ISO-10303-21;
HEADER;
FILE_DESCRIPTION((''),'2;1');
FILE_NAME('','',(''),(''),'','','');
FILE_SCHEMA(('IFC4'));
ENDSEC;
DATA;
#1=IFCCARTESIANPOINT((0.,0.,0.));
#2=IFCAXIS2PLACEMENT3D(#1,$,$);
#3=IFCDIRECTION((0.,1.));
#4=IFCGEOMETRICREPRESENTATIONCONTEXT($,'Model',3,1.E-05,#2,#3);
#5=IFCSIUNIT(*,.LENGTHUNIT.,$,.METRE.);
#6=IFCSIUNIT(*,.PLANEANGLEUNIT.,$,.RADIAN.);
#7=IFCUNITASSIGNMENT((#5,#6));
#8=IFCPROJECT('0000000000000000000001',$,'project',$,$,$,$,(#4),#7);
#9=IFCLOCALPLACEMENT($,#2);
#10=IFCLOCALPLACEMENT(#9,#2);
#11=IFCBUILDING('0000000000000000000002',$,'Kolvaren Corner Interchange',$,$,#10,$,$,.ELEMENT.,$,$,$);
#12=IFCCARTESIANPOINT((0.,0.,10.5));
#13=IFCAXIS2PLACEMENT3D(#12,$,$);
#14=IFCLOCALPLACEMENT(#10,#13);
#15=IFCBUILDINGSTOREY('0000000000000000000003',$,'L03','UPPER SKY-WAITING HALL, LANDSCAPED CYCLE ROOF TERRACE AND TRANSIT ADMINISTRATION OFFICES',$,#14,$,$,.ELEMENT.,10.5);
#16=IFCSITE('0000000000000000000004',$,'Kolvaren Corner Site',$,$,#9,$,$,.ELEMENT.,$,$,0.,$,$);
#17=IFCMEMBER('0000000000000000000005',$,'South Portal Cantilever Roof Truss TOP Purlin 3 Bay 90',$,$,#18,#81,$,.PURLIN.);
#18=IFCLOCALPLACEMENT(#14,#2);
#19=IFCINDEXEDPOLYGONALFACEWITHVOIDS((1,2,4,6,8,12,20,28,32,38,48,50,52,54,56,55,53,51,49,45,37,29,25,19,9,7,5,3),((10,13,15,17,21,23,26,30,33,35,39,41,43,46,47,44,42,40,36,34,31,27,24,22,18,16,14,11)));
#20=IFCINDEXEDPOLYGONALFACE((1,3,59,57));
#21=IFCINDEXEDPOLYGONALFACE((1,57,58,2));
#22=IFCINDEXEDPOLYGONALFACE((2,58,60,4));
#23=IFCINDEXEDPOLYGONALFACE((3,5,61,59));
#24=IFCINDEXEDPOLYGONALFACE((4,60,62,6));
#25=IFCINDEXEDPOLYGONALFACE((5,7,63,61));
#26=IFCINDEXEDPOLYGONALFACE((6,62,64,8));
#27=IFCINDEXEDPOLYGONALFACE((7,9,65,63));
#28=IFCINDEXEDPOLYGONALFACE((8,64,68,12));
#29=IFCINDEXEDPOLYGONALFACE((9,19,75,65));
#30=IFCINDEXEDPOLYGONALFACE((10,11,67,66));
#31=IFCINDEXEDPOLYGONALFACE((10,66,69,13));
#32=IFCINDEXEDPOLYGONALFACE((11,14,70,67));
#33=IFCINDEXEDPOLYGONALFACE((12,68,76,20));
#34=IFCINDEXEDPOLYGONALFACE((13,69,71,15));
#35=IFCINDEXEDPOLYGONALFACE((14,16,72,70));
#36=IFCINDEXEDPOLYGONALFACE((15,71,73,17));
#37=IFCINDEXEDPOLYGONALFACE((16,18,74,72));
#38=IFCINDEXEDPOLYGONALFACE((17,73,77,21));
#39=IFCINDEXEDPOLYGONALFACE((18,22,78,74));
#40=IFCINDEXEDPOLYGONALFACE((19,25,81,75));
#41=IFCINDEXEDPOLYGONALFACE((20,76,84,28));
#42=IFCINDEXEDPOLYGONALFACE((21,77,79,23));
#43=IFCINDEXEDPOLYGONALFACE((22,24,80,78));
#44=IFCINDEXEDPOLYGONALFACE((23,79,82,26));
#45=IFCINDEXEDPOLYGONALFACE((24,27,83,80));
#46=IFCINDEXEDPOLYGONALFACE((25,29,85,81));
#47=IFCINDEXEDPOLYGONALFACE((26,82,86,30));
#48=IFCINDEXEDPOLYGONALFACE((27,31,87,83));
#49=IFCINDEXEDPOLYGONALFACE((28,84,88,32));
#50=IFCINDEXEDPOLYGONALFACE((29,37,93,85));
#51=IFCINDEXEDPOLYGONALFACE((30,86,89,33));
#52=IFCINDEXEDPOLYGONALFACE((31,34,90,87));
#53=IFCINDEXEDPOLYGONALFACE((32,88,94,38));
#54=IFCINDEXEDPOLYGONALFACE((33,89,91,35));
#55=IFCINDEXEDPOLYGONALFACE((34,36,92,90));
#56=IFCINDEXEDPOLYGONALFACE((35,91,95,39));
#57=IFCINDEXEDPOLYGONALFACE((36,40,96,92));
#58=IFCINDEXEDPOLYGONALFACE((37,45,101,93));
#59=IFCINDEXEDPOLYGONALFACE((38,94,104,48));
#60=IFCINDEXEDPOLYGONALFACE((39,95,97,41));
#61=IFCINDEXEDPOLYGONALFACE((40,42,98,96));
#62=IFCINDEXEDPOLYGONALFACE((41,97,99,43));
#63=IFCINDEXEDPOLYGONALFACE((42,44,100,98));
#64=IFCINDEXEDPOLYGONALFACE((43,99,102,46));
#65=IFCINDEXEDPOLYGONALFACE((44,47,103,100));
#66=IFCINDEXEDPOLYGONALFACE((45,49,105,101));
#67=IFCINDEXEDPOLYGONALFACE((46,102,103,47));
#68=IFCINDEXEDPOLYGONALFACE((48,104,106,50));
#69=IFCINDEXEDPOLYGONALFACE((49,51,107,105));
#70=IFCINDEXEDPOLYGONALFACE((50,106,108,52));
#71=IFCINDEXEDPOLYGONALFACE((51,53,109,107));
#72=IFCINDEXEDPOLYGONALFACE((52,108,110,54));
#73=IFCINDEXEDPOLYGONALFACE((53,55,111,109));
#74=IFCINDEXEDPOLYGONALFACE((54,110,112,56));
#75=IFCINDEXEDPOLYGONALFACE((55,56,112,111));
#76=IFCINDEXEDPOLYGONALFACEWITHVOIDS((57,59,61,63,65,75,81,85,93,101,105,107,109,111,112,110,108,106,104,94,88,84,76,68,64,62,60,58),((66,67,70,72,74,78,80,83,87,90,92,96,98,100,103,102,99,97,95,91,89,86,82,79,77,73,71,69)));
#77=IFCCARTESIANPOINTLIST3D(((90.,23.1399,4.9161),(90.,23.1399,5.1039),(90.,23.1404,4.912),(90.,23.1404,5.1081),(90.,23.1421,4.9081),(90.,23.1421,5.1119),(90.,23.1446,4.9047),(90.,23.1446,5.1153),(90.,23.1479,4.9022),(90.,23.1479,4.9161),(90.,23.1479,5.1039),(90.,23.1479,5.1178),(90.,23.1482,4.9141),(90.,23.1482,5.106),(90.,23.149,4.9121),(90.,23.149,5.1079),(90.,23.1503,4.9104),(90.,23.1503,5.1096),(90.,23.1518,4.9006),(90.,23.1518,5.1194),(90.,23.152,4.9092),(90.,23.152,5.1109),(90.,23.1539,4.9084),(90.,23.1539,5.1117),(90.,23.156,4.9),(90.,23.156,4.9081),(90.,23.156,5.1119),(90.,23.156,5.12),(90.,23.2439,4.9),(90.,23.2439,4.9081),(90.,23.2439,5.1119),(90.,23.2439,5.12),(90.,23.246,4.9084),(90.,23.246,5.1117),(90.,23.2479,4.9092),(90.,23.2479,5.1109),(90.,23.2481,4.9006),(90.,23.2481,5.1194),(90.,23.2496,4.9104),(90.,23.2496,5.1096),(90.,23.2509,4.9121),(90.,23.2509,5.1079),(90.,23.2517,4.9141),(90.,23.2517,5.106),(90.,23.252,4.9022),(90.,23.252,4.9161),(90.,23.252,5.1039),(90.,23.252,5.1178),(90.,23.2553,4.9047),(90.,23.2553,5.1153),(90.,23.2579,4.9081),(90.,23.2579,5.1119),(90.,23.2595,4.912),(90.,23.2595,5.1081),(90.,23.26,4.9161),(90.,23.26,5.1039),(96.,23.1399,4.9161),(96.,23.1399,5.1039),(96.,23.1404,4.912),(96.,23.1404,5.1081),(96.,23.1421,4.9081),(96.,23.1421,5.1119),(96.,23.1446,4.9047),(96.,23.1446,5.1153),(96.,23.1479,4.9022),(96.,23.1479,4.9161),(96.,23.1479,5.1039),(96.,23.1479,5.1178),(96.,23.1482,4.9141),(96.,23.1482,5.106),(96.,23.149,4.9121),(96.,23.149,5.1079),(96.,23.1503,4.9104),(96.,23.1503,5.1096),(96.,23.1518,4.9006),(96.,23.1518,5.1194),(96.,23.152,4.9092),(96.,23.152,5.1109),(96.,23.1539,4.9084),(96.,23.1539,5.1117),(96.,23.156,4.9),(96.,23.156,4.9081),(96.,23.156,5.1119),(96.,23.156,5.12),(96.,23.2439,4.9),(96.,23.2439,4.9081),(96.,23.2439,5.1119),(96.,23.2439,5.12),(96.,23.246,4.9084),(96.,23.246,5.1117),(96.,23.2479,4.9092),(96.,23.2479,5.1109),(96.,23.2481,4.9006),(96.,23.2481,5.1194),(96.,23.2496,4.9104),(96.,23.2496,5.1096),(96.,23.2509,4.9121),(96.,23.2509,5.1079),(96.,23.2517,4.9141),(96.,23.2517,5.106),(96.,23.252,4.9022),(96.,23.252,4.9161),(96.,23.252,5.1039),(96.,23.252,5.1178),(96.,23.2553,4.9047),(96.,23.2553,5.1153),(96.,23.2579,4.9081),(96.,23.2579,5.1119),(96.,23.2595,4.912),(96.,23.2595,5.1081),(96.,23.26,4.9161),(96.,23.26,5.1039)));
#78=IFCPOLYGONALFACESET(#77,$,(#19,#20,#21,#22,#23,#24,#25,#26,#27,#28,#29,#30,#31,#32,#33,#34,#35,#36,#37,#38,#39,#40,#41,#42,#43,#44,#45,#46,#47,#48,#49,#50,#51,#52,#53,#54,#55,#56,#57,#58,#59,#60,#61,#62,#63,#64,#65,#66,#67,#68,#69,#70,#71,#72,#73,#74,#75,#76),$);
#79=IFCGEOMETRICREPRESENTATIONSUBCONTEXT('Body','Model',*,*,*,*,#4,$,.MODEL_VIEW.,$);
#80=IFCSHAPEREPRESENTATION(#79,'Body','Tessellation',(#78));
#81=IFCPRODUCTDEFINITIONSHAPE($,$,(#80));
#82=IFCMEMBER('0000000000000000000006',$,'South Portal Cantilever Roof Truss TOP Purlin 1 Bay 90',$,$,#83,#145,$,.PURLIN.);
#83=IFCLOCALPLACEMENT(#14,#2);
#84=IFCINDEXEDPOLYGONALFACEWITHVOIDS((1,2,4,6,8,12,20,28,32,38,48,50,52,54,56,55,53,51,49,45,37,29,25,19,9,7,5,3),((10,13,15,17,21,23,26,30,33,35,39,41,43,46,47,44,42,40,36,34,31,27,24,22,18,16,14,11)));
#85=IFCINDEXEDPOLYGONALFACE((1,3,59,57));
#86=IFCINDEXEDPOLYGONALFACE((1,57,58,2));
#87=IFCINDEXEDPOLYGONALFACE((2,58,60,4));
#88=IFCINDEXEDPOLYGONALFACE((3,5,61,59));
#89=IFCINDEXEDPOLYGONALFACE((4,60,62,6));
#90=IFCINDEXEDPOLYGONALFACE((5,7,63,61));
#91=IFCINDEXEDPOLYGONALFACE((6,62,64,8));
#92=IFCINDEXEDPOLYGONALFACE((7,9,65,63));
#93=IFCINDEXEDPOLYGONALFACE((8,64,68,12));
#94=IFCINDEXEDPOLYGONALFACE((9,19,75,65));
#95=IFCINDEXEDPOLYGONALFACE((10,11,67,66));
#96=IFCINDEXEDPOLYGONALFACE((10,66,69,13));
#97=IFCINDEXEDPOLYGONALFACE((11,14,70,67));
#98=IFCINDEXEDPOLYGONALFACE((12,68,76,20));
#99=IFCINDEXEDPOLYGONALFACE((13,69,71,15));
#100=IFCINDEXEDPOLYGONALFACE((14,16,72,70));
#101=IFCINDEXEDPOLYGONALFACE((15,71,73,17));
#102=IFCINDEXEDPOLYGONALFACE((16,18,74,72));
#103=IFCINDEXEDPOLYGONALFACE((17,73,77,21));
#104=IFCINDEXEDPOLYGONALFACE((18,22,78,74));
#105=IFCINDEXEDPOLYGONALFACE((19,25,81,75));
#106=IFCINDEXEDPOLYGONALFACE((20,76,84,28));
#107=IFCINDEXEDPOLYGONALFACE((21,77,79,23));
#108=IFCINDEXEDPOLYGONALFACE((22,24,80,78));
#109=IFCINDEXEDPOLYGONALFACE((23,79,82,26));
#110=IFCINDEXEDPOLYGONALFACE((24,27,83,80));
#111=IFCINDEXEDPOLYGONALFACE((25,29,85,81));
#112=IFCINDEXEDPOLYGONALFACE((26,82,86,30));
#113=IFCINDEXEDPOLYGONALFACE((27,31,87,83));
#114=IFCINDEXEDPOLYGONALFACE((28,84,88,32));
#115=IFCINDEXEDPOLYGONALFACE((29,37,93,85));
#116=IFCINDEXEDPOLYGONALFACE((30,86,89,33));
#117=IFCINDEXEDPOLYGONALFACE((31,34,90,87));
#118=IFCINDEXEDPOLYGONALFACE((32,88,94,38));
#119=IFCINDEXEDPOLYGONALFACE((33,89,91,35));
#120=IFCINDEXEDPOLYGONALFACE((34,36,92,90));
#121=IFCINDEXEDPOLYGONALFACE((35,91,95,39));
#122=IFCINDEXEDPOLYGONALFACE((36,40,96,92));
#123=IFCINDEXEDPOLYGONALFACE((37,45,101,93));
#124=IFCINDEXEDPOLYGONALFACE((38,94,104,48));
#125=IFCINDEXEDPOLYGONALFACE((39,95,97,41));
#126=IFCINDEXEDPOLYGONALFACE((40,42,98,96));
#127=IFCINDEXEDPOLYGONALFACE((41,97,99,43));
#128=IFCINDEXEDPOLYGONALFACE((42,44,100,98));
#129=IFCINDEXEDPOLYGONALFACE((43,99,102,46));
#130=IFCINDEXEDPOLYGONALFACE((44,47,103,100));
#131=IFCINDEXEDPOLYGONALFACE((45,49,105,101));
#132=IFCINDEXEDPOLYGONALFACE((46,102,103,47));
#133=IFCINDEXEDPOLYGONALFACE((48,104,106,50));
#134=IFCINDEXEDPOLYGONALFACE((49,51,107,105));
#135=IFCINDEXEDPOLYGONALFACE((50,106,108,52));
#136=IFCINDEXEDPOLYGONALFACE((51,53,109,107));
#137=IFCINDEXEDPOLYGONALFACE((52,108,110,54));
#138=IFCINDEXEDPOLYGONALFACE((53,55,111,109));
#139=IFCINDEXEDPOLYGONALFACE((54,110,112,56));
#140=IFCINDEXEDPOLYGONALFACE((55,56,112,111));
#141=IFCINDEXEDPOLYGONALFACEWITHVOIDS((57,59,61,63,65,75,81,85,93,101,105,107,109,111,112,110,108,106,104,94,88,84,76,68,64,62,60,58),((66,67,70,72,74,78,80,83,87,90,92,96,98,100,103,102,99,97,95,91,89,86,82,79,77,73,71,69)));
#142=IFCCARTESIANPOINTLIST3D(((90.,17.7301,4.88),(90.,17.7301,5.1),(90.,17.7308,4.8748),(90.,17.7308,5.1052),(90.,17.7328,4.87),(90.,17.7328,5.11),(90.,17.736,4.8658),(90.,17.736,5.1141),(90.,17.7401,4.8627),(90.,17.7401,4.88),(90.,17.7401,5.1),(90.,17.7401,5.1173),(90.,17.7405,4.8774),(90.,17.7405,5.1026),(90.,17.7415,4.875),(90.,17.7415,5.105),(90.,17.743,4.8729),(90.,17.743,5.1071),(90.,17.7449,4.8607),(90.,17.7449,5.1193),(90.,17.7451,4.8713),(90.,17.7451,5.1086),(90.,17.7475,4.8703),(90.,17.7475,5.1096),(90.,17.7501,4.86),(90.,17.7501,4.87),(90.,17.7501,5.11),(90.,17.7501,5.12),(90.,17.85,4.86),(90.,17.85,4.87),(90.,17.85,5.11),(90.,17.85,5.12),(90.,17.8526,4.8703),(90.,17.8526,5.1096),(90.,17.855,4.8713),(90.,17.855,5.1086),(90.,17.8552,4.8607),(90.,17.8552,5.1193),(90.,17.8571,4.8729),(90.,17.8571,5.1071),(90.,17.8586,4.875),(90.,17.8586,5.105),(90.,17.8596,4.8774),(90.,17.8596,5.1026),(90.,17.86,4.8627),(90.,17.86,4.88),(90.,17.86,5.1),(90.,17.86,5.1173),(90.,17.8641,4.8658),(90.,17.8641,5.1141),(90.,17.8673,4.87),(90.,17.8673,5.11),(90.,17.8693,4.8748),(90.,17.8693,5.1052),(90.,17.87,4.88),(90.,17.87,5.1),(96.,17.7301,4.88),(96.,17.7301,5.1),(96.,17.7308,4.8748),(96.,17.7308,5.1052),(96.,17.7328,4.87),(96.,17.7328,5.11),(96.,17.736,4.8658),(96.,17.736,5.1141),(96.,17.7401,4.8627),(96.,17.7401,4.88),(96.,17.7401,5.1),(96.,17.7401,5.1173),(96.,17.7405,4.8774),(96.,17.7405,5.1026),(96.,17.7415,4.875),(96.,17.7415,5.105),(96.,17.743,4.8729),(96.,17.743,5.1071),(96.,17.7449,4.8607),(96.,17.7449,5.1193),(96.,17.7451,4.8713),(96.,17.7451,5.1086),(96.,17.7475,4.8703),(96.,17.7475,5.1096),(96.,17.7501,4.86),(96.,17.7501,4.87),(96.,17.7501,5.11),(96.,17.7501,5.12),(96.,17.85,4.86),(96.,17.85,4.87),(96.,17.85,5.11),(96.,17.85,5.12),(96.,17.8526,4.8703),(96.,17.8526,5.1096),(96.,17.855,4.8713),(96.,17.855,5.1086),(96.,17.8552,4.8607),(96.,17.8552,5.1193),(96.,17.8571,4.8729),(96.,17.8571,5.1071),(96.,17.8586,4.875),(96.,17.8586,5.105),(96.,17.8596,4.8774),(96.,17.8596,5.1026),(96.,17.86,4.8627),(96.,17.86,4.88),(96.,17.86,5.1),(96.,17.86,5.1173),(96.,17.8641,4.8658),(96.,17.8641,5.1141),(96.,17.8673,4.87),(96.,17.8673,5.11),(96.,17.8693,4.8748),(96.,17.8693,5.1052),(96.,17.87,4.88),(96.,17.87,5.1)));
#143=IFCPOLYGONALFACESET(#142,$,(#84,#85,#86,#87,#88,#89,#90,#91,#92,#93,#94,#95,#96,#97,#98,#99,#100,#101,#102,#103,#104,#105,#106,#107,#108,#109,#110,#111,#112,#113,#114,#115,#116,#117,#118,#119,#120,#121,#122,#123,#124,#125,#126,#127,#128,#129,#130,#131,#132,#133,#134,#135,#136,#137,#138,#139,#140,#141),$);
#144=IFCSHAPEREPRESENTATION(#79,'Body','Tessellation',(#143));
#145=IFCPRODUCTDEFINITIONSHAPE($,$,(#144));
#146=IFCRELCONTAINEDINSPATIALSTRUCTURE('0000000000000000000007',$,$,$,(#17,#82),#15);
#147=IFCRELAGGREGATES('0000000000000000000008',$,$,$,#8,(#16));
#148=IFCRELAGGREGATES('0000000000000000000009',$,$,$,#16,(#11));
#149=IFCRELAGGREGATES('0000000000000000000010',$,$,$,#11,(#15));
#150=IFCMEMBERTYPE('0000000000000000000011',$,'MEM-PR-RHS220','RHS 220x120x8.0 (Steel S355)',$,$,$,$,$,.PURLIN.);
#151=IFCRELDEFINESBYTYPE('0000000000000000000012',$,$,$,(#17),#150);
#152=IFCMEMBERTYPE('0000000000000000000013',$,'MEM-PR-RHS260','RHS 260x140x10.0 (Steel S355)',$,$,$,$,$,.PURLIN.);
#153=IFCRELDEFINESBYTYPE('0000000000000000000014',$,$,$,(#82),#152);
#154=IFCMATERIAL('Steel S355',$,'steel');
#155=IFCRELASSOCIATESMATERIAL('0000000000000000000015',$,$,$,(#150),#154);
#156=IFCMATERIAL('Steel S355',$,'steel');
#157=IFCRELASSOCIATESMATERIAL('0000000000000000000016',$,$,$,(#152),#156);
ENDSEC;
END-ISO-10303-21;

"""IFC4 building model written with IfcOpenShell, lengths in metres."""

from ifc_helpers import new_model, si_unit, direction, frame, origin, origin_2d, place, context, subcontext, project, spatial, hollow_rectangle, extrude, material, material_profile, profile_set, type_object, element, save


model = new_model("IFC4")

# Units and contexts
model_context = context("Model", 3, precision=1e-05, world=origin(), true_north=direction((0.0, 1.0)))
body_context = subcontext(model_context, "Body", "Model", "MODEL_VIEW")
ifc_project = project(units=[si_unit("LENGTHUNIT", "METRE"), si_unit("PLANEANGLEUNIT", "RADIAN")], contexts=[model_context])

# Site, building, storey
site_placement = place(None, origin())
site = spatial("IfcSite", under=ifc_project, at=site_placement, Name="Kolvaren Corner Site", CompositionType="ELEMENT", RefElevation=0.0)
building_placement = place(site_placement, origin())
building = spatial("IfcBuilding", under=site, at=building_placement, Name="Kolvaren Corner Interchange", CompositionType="ELEMENT")
storey_placement = place(building_placement, frame((0.0, 0.0, 10.5)))
storey = spatial("IfcBuildingStorey", under=building, at=storey_placement, Name="L03", Description="UPPER SKY-WAITING HALL, LANDSCAPED CYCLE ROOF TERRACE AND TRANSIT ADMINISTRATION OFFICES", CompositionType="ELEMENT", Elevation=10.5)

# Members
ifc_material_1 = material(Name="Steel S355", Category="steel")
ifc_material_profile_1 = material_profile(ifc_material_1, hollow_rectangle(XDim=0.1201, YDim=0.22, WallThickness=0.0081, InnerFilletRadius=0.0081, OuterFilletRadius=0.0161, at=origin_2d()), Name="RHS 220x120x8.0")
ifc_profile_set_1 = profile_set([ifc_material_profile_1], Name="Steel S355")
member_type_1 = type_object("IfcMemberType", Name="MEM-PR-RHS220", Description="RHS 220x120x8.0 (Steel S355)", PredefinedType="PURLIN", material=ifc_profile_set_1)
for number, where, z_axis, x_axis, name in (
    (1, (90.0, 23.2, 5.01), (1.0, 0.0, 0.0), (0.0, 1.0, 0.0), "South Portal Cantilever Roof Truss TOP Purlin 3 Bay 90"),
):
    element("IfcMember", number, at=place(storey_placement, frame(where, z_axis=z_axis, x_axis=x_axis)), inside=storey, type_object=member_type_1, Name=name, PredefinedType="PURLIN", context=body_context, shape_type="SweptSolid", body=[
        extrude(hollow_rectangle(XDim=0.1201, YDim=0.22, WallThickness=0.0081, InnerFilletRadius=0.0081, OuterFilletRadius=0.0161, at=origin_2d()), origin(), (0.0, 0.0, 1.0), 6.0),
    ])
ifc_material_2 = material(Name="Steel S355", Category="steel")
ifc_material_profile_2 = material_profile(ifc_material_2, hollow_rectangle(XDim=0.1399, YDim=0.26, WallThickness=0.01, InnerFilletRadius=0.01, OuterFilletRadius=0.02, at=origin_2d()), Name="RHS 260x140x10.0")
ifc_profile_set_2 = profile_set([ifc_material_profile_2], Name="Steel S355")
member_type_2 = type_object("IfcMemberType", Name="MEM-PR-RHS260", Description="RHS 260x140x10.0 (Steel S355)", PredefinedType="PURLIN", material=ifc_profile_set_2)
for number, where, z_axis, x_axis, name in (
    (2, (90.0, 17.8, 4.99), (1.0, 0.0, 0.0), (0.0, 1.0, 0.0), "South Portal Cantilever Roof Truss TOP Purlin 1 Bay 90"),
):
    element("IfcMember", number, at=place(storey_placement, frame(where, z_axis=z_axis, x_axis=x_axis)), inside=storey, type_object=member_type_2, Name=name, PredefinedType="PURLIN", context=body_context, shape_type="SweptSolid", body=[
        extrude(hollow_rectangle(XDim=0.1399, YDim=0.26, WallThickness=0.01, InnerFilletRadius=0.01, OuterFilletRadius=0.02, at=origin_2d()), origin(), (0.0, 0.0, 1.0), 6.0),
    ])

save(model, "model.ifc")
